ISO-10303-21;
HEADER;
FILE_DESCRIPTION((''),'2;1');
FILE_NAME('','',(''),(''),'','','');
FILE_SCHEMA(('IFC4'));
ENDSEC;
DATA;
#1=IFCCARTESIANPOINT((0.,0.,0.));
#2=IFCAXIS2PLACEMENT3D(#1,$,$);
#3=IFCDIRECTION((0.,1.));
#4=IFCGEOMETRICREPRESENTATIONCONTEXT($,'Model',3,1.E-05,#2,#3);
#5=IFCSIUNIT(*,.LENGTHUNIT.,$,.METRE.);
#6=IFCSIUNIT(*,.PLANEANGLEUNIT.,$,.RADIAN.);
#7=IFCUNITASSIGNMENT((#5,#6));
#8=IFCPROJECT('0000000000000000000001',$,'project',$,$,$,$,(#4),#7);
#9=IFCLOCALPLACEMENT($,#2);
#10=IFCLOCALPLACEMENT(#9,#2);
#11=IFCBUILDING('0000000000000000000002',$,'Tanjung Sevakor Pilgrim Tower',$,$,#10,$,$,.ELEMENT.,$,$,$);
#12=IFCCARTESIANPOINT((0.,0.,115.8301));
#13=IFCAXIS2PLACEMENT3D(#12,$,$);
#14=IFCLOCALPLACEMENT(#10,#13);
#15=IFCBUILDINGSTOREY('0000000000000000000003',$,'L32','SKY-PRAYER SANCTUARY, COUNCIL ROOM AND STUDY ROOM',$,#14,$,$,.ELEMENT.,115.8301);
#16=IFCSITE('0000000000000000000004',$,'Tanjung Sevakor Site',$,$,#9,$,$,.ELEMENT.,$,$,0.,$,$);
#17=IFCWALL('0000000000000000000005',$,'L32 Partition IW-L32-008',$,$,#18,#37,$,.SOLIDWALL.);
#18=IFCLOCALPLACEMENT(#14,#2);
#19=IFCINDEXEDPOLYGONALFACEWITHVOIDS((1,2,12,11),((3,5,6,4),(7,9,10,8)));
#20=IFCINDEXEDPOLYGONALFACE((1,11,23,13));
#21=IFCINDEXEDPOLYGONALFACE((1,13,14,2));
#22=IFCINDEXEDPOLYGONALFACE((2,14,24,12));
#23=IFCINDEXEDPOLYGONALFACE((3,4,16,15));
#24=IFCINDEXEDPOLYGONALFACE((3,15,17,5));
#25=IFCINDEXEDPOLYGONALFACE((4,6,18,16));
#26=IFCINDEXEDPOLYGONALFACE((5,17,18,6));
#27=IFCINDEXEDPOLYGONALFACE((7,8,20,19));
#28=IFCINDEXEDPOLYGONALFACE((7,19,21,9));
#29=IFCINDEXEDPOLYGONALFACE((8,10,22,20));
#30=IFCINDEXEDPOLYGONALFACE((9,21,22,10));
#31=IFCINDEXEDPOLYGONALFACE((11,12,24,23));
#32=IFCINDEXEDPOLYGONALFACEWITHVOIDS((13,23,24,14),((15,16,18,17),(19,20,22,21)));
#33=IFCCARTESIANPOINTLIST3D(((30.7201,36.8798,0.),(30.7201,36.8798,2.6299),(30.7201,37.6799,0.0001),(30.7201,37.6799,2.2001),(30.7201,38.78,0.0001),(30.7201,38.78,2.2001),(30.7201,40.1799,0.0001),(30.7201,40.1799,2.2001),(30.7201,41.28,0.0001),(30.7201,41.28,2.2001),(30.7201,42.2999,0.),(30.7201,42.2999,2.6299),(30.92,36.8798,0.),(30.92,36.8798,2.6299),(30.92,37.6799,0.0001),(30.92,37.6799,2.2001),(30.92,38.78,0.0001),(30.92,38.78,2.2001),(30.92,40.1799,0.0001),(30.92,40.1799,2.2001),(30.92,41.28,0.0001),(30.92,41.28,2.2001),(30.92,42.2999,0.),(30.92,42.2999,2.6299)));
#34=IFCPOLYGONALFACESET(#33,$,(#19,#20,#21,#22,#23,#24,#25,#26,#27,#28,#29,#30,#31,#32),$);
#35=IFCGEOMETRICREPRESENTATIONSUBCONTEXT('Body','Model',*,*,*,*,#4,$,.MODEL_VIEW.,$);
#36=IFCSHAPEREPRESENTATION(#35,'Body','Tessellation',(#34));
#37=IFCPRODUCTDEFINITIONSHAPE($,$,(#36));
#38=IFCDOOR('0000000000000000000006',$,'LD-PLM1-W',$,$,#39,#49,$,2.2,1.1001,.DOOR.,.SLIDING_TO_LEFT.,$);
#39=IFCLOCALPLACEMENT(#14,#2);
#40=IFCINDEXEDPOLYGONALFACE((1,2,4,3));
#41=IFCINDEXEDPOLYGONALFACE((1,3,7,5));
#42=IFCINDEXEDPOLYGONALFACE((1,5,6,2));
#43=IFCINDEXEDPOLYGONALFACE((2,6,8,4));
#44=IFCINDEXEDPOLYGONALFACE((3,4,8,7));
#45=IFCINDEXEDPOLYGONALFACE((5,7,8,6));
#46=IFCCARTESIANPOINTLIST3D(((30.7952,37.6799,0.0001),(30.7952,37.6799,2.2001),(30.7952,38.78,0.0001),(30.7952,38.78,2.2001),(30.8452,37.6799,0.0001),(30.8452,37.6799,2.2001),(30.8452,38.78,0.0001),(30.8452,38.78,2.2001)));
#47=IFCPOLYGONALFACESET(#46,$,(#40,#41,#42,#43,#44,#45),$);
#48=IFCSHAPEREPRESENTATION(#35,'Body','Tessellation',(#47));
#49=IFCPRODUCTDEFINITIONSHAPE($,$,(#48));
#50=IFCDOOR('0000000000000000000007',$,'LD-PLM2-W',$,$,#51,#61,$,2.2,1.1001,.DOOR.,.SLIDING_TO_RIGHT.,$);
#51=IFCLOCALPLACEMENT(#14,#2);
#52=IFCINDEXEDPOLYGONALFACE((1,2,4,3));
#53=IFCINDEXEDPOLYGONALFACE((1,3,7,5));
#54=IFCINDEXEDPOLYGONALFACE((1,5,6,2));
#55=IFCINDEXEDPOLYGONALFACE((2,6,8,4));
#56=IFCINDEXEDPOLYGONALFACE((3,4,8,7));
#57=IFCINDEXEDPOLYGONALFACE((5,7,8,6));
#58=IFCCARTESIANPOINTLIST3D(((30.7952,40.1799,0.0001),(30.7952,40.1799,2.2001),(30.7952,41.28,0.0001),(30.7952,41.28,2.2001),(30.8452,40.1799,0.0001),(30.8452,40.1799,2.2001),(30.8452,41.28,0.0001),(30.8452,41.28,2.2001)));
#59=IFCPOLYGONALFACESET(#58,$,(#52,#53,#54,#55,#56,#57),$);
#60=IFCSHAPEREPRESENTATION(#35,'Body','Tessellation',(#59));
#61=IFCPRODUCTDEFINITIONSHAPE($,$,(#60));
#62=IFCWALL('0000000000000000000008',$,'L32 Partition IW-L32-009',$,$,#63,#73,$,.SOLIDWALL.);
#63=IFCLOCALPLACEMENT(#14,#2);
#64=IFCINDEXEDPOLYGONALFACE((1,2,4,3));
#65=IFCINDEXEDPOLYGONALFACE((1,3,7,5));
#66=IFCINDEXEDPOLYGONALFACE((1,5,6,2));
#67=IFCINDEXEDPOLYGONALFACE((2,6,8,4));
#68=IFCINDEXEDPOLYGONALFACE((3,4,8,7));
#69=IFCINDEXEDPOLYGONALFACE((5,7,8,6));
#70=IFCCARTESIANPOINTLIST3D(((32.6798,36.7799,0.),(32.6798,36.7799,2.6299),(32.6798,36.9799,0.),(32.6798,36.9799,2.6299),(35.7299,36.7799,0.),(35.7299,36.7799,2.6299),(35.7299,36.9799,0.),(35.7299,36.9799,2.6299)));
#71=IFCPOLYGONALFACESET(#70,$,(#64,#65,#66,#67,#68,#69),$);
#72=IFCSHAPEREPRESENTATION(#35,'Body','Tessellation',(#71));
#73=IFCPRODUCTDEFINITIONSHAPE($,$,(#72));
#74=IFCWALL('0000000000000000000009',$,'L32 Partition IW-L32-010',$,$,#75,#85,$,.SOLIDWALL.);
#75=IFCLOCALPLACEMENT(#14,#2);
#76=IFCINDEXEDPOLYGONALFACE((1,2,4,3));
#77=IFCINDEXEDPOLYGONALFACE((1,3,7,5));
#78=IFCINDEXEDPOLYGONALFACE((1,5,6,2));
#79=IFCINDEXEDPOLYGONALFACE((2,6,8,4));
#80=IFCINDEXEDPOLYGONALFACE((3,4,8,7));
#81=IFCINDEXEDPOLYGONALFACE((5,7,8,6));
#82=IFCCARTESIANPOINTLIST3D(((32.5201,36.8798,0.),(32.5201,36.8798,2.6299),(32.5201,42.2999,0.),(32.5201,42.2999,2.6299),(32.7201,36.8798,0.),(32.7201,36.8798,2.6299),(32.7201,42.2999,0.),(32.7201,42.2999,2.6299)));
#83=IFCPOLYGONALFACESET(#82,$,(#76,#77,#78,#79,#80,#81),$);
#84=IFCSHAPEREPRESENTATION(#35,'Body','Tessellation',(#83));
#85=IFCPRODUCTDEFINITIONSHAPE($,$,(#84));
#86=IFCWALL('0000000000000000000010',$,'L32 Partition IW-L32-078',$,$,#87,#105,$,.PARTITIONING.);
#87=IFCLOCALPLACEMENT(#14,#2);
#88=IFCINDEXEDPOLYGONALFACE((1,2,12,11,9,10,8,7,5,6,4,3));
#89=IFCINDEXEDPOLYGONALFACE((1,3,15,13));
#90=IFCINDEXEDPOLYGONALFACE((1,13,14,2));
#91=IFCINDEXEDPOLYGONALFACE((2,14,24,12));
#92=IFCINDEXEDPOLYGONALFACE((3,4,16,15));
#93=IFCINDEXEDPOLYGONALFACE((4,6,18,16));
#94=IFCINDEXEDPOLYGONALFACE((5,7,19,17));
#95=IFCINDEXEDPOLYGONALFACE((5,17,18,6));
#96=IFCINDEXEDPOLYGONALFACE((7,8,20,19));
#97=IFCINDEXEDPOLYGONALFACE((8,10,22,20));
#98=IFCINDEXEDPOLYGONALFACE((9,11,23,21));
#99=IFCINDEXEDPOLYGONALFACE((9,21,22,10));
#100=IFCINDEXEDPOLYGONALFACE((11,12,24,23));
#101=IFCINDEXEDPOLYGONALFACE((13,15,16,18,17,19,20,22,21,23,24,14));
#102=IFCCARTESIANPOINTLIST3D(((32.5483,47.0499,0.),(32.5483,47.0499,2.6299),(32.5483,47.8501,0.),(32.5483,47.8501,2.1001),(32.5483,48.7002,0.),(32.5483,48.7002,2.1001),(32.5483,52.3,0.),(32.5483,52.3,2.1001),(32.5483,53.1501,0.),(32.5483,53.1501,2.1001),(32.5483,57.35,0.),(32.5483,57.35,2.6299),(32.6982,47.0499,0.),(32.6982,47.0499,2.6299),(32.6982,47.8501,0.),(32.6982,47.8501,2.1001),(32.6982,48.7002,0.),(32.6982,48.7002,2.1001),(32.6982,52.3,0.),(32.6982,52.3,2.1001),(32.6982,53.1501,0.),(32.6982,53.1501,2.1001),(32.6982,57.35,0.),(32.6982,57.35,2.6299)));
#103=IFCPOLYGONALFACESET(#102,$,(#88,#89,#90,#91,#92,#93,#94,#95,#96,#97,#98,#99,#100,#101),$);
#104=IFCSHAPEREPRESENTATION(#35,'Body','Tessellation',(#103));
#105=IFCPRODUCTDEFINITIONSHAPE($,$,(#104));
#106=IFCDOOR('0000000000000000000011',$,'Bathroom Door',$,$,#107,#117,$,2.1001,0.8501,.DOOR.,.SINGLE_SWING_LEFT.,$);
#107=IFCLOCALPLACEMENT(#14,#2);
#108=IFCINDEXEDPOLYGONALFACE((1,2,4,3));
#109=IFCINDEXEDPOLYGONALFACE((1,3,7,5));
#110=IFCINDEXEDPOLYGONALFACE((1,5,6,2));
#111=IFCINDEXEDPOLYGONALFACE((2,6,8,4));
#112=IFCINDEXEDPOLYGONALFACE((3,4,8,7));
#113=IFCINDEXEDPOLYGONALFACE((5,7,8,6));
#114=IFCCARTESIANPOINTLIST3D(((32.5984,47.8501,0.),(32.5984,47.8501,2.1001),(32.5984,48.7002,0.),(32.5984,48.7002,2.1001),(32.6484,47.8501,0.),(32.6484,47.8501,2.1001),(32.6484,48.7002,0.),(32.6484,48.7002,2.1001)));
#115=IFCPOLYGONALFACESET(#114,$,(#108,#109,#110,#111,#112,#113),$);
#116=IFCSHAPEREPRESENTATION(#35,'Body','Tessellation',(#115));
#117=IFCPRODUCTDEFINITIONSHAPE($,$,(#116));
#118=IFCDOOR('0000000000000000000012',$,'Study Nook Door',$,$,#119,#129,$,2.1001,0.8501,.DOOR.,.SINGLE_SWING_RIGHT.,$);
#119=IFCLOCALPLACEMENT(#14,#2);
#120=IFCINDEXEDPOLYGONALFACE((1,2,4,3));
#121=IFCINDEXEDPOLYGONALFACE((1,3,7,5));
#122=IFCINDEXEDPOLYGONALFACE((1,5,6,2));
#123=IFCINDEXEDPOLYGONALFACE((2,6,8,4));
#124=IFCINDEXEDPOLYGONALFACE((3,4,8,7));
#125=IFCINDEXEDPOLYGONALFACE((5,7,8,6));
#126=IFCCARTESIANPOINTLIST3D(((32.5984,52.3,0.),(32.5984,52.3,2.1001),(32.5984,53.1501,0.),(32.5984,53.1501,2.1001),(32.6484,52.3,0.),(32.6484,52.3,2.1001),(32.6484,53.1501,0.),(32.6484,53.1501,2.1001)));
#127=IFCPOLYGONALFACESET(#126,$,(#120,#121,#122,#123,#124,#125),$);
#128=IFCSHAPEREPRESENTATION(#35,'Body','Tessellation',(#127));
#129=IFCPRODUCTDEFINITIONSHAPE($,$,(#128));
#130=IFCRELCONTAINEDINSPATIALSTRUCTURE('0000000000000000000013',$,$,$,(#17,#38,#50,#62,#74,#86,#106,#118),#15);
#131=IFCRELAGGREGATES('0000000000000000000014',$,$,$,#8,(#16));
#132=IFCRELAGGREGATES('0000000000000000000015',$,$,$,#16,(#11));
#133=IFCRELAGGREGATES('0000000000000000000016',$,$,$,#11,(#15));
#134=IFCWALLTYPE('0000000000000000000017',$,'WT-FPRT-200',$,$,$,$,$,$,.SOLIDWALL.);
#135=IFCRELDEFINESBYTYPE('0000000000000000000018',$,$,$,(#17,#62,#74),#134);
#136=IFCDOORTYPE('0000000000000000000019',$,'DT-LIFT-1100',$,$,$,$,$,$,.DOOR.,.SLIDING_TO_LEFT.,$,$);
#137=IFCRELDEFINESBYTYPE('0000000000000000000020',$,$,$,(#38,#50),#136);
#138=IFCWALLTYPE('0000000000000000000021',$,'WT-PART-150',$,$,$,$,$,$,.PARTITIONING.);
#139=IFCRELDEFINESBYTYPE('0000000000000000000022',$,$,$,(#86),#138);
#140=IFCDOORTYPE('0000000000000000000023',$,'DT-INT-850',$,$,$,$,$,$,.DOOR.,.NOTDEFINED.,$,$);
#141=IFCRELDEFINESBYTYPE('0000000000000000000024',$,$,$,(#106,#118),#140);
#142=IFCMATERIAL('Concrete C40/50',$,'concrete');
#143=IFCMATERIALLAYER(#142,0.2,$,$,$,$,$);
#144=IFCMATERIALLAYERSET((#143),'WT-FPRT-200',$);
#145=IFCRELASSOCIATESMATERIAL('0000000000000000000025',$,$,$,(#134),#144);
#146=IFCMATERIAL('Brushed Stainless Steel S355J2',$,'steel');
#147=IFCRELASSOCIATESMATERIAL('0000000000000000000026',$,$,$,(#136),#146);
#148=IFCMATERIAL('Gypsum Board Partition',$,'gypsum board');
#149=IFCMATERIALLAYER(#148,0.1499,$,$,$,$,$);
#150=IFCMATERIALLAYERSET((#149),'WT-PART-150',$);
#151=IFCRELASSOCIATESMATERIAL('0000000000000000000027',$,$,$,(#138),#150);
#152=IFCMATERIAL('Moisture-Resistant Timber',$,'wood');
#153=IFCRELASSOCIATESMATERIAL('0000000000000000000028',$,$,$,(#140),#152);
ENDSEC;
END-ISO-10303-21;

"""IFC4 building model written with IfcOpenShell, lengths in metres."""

from ifc_helpers import new_model, si_unit, direction, frame, frame_2d, origin, place, context, subcontext, project, spatial, rectangle, extrude, material, layer, layer_set, type_object, element, fill, save


model = new_model("IFC4")

# Units and contexts
model_context = context("Model", 3, precision=1e-05, world=origin(), true_north=direction((0.0, 1.0)))
body_context = subcontext(model_context, "Body", "Model", "MODEL_VIEW")
ifc_project = project(units=[si_unit("LENGTHUNIT", "METRE"), si_unit("PLANEANGLEUNIT", "RADIAN")], contexts=[model_context])

# Site, building, storey
site_placement = place(None, origin())
site = spatial("IfcSite", under=ifc_project, at=site_placement, Name="Tanjung Sevakor Site", CompositionType="ELEMENT", RefElevation=0.0)
building_placement = place(site_placement, origin())
building = spatial("IfcBuilding", under=site, at=building_placement, Name="Tanjung Sevakor Pilgrim Tower", CompositionType="ELEMENT")
storey_placement = place(building_placement, frame((0.0, 0.0, 115.8301)))
storey = spatial("IfcBuildingStorey", under=building, at=storey_placement, Name="L32", Description="SKY-PRAYER SANCTUARY, COUNCIL ROOM AND STUDY ROOM", CompositionType="ELEMENT", Elevation=115.8301)

# Wall, openings, doors
ifc_material_1 = material(Name="Concrete C40/50", Category="concrete")
ifc_layer_1 = layer(ifc_material_1, 0.2)
ifc_layer_set_1 = layer_set([ifc_layer_1], Name="WT-FPRT-200")
wall_type_1 = type_object("IfcWallType", Name="WT-FPRT-200", PredefinedType="SOLIDWALL", material=ifc_layer_set_1)
wall_1_placement = place(storey_placement, frame((30.8201, 36.8799, 0.0), z_axis=(0.0, 0.0, 1.0), x_axis=(0.0, 1.0, 0.0)))
wall_1 = element("IfcWall", 1, at=wall_1_placement, inside=storey, type_object=wall_type_1, Name="L32 Partition IW-L32-008", PredefinedType="SOLIDWALL", context=body_context, shape_type="SweptSolid", body=[
    extrude(rectangle(XDim=5.4202, YDim=0.2, at=frame_2d((2.71, 0.0))), origin(), (0.0, 0.0, 1.0), 2.6299),
])
opening_1_placement = place(wall_1_placement, frame((0.8, 0.0, 0.0)))
opening_1 = element("IfcOpeningElement", 2, at=opening_1_placement, cuts=wall_1, PredefinedType="OPENING", context=body_context, shape_type="SweptSolid", body=[
    extrude(rectangle(XDim=1.1001, YDim=2.2, at=frame_2d((0.55, 1.1001))), frame((0.0, 0.1099, 0.0), z_axis=(0.0, -1.0, 0.0), x_axis=(1.0, 0.0, 0.0)), (0.0, 0.0, 1.0), 0.22),
])
opening_2_placement = place(wall_1_placement, frame((3.3, 0.0, 0.0)))
opening_2 = element("IfcOpeningElement", 3, at=opening_2_placement, cuts=wall_1, PredefinedType="OPENING", context=body_context, shape_type="SweptSolid", body=[
    extrude(rectangle(XDim=1.1001, YDim=2.2, at=frame_2d((0.55, 1.1001))), frame((0.0, 0.1099, 0.0), z_axis=(0.0, -1.0, 0.0), x_axis=(1.0, 0.0, 0.0)), (0.0, 0.0, 1.0), 0.22),
])
ifc_material_2 = material(Name="Brushed Stainless Steel S355J2", Category="steel")
door_type_1 = type_object("IfcDoorType", Name="DT-LIFT-1100", OperationType="SLIDING_TO_LEFT", PredefinedType="DOOR", material=ifc_material_2)
door_1_placement = place(opening_1_placement, origin())
door_1 = element("IfcDoor", 4, at=door_1_placement, inside=storey, type_object=door_type_1, Name="LD-PLM1-W", OperationType="SLIDING_TO_LEFT", OverallHeight=2.2, OverallWidth=1.1001, PredefinedType="DOOR", context=body_context, shape_type="SweptSolid", body=[
    extrude(rectangle(XDim=1.1001, YDim=2.2, at=frame_2d((0.55, 1.1001))), frame((0.0, 0.0249, 0.0), z_axis=(0.0, -1.0, 0.0), x_axis=(1.0, 0.0, 0.0)), (0.0, 0.0, 1.0), 0.05),
])
fill(opening_1, door_1)
door_2_placement = place(opening_2_placement, origin())
door_2 = element("IfcDoor", 5, at=door_2_placement, inside=storey, type_object=door_type_1, Name="LD-PLM2-W", OperationType="SLIDING_TO_RIGHT", OverallHeight=2.2, OverallWidth=1.1001, PredefinedType="DOOR", context=body_context, shape_type="SweptSolid", body=[
    extrude(rectangle(XDim=1.1001, YDim=2.2, at=frame_2d((0.55, 1.1001))), frame((0.0, 0.0249, 0.0), z_axis=(0.0, -1.0, 0.0), x_axis=(1.0, 0.0, 0.0)), (0.0, 0.0, 1.0), 0.05),
])
fill(opening_2, door_2)

# Walls
wall_2_placement = place(storey_placement, frame((32.6799, 36.8799, 0.0), z_axis=(0.0, 0.0, 1.0), x_axis=(1.0, 0.0, 0.0)))
element("IfcWall", 6, at=wall_2_placement, inside=storey, type_object=wall_type_1, Name="L32 Partition IW-L32-009", PredefinedType="SOLIDWALL", context=body_context, shape_type="SweptSolid", body=[
    extrude(rectangle(XDim=3.05, YDim=0.2, at=frame_2d((1.5249, 0.0))), origin(), (0.0, 0.0, 1.0), 2.6299),
])
wall_3_placement = place(storey_placement, frame((32.6201, 36.8799, 0.0), z_axis=(0.0, 0.0, 1.0), x_axis=(0.0, 1.0, 0.0)))
element("IfcWall", 7, at=wall_3_placement, inside=storey, type_object=wall_type_1, Name="L32 Partition IW-L32-010", PredefinedType="SOLIDWALL", context=body_context, shape_type="SweptSolid", body=[
    extrude(rectangle(XDim=5.4202, YDim=0.2, at=frame_2d((2.71, 0.0))), origin(), (0.0, 0.0, 1.0), 2.6299),
])

# Wall, openings, doors
ifc_material_3 = material(Name="Gypsum Board Partition", Category="gypsum board")
ifc_layer_2 = layer(ifc_material_3, 0.1499)
ifc_layer_set_2 = layer_set([ifc_layer_2], Name="WT-PART-150")
wall_type_2 = type_object("IfcWallType", Name="WT-PART-150", PredefinedType="PARTITIONING", material=ifc_layer_set_2)
wall_4_placement = place(storey_placement, frame((32.6233, 47.05, 0.0), z_axis=(0.0, 0.0, 1.0), x_axis=(0.0, 1.0, 0.0)))
wall_4 = element("IfcWall", 8, at=wall_4_placement, inside=storey, type_object=wall_type_2, Name="L32 Partition IW-L32-078", PredefinedType="PARTITIONING", context=body_context, shape_type="SweptSolid", body=[
    extrude(rectangle(XDim=10.3, YDim=0.1499, at=frame_2d((5.1499, 0.0))), origin(), (0.0, 0.0, 1.0), 2.6299),
])
opening_3_placement = place(wall_4_placement, frame((0.8, 0.0, 0.0)))
opening_3 = element("IfcOpeningElement", 9, at=opening_3_placement, cuts=wall_4, PredefinedType="OPENING", context=body_context, shape_type="SweptSolid", body=[
    extrude(rectangle(XDim=0.8501, YDim=2.1001, at=frame_2d((0.425, 1.05))), frame((0.0, 0.085, 0.0), z_axis=(0.0, -1.0, 0.0), x_axis=(1.0, 0.0, 0.0)), (0.0, 0.0, 1.0), 0.1699),
])
opening_4_placement = place(wall_4_placement, frame((5.25, 0.0, 0.0)))
opening_4 = element("IfcOpeningElement", 10, at=opening_4_placement, cuts=wall_4, PredefinedType="OPENING", context=body_context, shape_type="SweptSolid", body=[
    extrude(rectangle(XDim=0.8501, YDim=2.1001, at=frame_2d((0.425, 1.05))), frame((0.0, 0.085, 0.0), z_axis=(0.0, -1.0, 0.0), x_axis=(1.0, 0.0, 0.0)), (0.0, 0.0, 1.0), 0.1699),
])
ifc_material_4 = material(Name="Moisture-Resistant Timber", Category="wood")
door_type_2 = type_object("IfcDoorType", Name="DT-INT-850", OperationType="NOTDEFINED", PredefinedType="DOOR", material=ifc_material_4)
door_3_placement = place(opening_3_placement, origin())
door_3 = element("IfcDoor", 11, at=door_3_placement, inside=storey, type_object=door_type_2, Name="Bathroom Door", OperationType="SINGLE_SWING_LEFT", OverallHeight=2.1001, OverallWidth=0.8501, PredefinedType="DOOR", context=body_context, shape_type="SweptSolid", body=[
    extrude(rectangle(XDim=0.8501, YDim=2.1001, at=frame_2d((0.425, 1.05))), frame((0.0, 0.0249, 0.0), z_axis=(0.0, -1.0, 0.0), x_axis=(1.0, 0.0, 0.0)), (0.0, 0.0, 1.0), 0.05),
])
fill(opening_3, door_3)
door_4_placement = place(opening_4_placement, origin())
door_4 = element("IfcDoor", 12, at=door_4_placement, inside=storey, type_object=door_type_2, Name="Study Nook Door", OperationType="SINGLE_SWING_RIGHT", OverallHeight=2.1001, OverallWidth=0.8501, PredefinedType="DOOR", context=body_context, shape_type="SweptSolid", body=[
    extrude(rectangle(XDim=0.8501, YDim=2.1001, at=frame_2d((0.425, 1.05))), frame((0.0, 0.0249, 0.0), z_axis=(0.0, -1.0, 0.0), x_axis=(1.0, 0.0, 0.0)), (0.0, 0.0, 1.0), 0.05),
])
fill(opening_4, door_4)

save(model, "model.ifc")
